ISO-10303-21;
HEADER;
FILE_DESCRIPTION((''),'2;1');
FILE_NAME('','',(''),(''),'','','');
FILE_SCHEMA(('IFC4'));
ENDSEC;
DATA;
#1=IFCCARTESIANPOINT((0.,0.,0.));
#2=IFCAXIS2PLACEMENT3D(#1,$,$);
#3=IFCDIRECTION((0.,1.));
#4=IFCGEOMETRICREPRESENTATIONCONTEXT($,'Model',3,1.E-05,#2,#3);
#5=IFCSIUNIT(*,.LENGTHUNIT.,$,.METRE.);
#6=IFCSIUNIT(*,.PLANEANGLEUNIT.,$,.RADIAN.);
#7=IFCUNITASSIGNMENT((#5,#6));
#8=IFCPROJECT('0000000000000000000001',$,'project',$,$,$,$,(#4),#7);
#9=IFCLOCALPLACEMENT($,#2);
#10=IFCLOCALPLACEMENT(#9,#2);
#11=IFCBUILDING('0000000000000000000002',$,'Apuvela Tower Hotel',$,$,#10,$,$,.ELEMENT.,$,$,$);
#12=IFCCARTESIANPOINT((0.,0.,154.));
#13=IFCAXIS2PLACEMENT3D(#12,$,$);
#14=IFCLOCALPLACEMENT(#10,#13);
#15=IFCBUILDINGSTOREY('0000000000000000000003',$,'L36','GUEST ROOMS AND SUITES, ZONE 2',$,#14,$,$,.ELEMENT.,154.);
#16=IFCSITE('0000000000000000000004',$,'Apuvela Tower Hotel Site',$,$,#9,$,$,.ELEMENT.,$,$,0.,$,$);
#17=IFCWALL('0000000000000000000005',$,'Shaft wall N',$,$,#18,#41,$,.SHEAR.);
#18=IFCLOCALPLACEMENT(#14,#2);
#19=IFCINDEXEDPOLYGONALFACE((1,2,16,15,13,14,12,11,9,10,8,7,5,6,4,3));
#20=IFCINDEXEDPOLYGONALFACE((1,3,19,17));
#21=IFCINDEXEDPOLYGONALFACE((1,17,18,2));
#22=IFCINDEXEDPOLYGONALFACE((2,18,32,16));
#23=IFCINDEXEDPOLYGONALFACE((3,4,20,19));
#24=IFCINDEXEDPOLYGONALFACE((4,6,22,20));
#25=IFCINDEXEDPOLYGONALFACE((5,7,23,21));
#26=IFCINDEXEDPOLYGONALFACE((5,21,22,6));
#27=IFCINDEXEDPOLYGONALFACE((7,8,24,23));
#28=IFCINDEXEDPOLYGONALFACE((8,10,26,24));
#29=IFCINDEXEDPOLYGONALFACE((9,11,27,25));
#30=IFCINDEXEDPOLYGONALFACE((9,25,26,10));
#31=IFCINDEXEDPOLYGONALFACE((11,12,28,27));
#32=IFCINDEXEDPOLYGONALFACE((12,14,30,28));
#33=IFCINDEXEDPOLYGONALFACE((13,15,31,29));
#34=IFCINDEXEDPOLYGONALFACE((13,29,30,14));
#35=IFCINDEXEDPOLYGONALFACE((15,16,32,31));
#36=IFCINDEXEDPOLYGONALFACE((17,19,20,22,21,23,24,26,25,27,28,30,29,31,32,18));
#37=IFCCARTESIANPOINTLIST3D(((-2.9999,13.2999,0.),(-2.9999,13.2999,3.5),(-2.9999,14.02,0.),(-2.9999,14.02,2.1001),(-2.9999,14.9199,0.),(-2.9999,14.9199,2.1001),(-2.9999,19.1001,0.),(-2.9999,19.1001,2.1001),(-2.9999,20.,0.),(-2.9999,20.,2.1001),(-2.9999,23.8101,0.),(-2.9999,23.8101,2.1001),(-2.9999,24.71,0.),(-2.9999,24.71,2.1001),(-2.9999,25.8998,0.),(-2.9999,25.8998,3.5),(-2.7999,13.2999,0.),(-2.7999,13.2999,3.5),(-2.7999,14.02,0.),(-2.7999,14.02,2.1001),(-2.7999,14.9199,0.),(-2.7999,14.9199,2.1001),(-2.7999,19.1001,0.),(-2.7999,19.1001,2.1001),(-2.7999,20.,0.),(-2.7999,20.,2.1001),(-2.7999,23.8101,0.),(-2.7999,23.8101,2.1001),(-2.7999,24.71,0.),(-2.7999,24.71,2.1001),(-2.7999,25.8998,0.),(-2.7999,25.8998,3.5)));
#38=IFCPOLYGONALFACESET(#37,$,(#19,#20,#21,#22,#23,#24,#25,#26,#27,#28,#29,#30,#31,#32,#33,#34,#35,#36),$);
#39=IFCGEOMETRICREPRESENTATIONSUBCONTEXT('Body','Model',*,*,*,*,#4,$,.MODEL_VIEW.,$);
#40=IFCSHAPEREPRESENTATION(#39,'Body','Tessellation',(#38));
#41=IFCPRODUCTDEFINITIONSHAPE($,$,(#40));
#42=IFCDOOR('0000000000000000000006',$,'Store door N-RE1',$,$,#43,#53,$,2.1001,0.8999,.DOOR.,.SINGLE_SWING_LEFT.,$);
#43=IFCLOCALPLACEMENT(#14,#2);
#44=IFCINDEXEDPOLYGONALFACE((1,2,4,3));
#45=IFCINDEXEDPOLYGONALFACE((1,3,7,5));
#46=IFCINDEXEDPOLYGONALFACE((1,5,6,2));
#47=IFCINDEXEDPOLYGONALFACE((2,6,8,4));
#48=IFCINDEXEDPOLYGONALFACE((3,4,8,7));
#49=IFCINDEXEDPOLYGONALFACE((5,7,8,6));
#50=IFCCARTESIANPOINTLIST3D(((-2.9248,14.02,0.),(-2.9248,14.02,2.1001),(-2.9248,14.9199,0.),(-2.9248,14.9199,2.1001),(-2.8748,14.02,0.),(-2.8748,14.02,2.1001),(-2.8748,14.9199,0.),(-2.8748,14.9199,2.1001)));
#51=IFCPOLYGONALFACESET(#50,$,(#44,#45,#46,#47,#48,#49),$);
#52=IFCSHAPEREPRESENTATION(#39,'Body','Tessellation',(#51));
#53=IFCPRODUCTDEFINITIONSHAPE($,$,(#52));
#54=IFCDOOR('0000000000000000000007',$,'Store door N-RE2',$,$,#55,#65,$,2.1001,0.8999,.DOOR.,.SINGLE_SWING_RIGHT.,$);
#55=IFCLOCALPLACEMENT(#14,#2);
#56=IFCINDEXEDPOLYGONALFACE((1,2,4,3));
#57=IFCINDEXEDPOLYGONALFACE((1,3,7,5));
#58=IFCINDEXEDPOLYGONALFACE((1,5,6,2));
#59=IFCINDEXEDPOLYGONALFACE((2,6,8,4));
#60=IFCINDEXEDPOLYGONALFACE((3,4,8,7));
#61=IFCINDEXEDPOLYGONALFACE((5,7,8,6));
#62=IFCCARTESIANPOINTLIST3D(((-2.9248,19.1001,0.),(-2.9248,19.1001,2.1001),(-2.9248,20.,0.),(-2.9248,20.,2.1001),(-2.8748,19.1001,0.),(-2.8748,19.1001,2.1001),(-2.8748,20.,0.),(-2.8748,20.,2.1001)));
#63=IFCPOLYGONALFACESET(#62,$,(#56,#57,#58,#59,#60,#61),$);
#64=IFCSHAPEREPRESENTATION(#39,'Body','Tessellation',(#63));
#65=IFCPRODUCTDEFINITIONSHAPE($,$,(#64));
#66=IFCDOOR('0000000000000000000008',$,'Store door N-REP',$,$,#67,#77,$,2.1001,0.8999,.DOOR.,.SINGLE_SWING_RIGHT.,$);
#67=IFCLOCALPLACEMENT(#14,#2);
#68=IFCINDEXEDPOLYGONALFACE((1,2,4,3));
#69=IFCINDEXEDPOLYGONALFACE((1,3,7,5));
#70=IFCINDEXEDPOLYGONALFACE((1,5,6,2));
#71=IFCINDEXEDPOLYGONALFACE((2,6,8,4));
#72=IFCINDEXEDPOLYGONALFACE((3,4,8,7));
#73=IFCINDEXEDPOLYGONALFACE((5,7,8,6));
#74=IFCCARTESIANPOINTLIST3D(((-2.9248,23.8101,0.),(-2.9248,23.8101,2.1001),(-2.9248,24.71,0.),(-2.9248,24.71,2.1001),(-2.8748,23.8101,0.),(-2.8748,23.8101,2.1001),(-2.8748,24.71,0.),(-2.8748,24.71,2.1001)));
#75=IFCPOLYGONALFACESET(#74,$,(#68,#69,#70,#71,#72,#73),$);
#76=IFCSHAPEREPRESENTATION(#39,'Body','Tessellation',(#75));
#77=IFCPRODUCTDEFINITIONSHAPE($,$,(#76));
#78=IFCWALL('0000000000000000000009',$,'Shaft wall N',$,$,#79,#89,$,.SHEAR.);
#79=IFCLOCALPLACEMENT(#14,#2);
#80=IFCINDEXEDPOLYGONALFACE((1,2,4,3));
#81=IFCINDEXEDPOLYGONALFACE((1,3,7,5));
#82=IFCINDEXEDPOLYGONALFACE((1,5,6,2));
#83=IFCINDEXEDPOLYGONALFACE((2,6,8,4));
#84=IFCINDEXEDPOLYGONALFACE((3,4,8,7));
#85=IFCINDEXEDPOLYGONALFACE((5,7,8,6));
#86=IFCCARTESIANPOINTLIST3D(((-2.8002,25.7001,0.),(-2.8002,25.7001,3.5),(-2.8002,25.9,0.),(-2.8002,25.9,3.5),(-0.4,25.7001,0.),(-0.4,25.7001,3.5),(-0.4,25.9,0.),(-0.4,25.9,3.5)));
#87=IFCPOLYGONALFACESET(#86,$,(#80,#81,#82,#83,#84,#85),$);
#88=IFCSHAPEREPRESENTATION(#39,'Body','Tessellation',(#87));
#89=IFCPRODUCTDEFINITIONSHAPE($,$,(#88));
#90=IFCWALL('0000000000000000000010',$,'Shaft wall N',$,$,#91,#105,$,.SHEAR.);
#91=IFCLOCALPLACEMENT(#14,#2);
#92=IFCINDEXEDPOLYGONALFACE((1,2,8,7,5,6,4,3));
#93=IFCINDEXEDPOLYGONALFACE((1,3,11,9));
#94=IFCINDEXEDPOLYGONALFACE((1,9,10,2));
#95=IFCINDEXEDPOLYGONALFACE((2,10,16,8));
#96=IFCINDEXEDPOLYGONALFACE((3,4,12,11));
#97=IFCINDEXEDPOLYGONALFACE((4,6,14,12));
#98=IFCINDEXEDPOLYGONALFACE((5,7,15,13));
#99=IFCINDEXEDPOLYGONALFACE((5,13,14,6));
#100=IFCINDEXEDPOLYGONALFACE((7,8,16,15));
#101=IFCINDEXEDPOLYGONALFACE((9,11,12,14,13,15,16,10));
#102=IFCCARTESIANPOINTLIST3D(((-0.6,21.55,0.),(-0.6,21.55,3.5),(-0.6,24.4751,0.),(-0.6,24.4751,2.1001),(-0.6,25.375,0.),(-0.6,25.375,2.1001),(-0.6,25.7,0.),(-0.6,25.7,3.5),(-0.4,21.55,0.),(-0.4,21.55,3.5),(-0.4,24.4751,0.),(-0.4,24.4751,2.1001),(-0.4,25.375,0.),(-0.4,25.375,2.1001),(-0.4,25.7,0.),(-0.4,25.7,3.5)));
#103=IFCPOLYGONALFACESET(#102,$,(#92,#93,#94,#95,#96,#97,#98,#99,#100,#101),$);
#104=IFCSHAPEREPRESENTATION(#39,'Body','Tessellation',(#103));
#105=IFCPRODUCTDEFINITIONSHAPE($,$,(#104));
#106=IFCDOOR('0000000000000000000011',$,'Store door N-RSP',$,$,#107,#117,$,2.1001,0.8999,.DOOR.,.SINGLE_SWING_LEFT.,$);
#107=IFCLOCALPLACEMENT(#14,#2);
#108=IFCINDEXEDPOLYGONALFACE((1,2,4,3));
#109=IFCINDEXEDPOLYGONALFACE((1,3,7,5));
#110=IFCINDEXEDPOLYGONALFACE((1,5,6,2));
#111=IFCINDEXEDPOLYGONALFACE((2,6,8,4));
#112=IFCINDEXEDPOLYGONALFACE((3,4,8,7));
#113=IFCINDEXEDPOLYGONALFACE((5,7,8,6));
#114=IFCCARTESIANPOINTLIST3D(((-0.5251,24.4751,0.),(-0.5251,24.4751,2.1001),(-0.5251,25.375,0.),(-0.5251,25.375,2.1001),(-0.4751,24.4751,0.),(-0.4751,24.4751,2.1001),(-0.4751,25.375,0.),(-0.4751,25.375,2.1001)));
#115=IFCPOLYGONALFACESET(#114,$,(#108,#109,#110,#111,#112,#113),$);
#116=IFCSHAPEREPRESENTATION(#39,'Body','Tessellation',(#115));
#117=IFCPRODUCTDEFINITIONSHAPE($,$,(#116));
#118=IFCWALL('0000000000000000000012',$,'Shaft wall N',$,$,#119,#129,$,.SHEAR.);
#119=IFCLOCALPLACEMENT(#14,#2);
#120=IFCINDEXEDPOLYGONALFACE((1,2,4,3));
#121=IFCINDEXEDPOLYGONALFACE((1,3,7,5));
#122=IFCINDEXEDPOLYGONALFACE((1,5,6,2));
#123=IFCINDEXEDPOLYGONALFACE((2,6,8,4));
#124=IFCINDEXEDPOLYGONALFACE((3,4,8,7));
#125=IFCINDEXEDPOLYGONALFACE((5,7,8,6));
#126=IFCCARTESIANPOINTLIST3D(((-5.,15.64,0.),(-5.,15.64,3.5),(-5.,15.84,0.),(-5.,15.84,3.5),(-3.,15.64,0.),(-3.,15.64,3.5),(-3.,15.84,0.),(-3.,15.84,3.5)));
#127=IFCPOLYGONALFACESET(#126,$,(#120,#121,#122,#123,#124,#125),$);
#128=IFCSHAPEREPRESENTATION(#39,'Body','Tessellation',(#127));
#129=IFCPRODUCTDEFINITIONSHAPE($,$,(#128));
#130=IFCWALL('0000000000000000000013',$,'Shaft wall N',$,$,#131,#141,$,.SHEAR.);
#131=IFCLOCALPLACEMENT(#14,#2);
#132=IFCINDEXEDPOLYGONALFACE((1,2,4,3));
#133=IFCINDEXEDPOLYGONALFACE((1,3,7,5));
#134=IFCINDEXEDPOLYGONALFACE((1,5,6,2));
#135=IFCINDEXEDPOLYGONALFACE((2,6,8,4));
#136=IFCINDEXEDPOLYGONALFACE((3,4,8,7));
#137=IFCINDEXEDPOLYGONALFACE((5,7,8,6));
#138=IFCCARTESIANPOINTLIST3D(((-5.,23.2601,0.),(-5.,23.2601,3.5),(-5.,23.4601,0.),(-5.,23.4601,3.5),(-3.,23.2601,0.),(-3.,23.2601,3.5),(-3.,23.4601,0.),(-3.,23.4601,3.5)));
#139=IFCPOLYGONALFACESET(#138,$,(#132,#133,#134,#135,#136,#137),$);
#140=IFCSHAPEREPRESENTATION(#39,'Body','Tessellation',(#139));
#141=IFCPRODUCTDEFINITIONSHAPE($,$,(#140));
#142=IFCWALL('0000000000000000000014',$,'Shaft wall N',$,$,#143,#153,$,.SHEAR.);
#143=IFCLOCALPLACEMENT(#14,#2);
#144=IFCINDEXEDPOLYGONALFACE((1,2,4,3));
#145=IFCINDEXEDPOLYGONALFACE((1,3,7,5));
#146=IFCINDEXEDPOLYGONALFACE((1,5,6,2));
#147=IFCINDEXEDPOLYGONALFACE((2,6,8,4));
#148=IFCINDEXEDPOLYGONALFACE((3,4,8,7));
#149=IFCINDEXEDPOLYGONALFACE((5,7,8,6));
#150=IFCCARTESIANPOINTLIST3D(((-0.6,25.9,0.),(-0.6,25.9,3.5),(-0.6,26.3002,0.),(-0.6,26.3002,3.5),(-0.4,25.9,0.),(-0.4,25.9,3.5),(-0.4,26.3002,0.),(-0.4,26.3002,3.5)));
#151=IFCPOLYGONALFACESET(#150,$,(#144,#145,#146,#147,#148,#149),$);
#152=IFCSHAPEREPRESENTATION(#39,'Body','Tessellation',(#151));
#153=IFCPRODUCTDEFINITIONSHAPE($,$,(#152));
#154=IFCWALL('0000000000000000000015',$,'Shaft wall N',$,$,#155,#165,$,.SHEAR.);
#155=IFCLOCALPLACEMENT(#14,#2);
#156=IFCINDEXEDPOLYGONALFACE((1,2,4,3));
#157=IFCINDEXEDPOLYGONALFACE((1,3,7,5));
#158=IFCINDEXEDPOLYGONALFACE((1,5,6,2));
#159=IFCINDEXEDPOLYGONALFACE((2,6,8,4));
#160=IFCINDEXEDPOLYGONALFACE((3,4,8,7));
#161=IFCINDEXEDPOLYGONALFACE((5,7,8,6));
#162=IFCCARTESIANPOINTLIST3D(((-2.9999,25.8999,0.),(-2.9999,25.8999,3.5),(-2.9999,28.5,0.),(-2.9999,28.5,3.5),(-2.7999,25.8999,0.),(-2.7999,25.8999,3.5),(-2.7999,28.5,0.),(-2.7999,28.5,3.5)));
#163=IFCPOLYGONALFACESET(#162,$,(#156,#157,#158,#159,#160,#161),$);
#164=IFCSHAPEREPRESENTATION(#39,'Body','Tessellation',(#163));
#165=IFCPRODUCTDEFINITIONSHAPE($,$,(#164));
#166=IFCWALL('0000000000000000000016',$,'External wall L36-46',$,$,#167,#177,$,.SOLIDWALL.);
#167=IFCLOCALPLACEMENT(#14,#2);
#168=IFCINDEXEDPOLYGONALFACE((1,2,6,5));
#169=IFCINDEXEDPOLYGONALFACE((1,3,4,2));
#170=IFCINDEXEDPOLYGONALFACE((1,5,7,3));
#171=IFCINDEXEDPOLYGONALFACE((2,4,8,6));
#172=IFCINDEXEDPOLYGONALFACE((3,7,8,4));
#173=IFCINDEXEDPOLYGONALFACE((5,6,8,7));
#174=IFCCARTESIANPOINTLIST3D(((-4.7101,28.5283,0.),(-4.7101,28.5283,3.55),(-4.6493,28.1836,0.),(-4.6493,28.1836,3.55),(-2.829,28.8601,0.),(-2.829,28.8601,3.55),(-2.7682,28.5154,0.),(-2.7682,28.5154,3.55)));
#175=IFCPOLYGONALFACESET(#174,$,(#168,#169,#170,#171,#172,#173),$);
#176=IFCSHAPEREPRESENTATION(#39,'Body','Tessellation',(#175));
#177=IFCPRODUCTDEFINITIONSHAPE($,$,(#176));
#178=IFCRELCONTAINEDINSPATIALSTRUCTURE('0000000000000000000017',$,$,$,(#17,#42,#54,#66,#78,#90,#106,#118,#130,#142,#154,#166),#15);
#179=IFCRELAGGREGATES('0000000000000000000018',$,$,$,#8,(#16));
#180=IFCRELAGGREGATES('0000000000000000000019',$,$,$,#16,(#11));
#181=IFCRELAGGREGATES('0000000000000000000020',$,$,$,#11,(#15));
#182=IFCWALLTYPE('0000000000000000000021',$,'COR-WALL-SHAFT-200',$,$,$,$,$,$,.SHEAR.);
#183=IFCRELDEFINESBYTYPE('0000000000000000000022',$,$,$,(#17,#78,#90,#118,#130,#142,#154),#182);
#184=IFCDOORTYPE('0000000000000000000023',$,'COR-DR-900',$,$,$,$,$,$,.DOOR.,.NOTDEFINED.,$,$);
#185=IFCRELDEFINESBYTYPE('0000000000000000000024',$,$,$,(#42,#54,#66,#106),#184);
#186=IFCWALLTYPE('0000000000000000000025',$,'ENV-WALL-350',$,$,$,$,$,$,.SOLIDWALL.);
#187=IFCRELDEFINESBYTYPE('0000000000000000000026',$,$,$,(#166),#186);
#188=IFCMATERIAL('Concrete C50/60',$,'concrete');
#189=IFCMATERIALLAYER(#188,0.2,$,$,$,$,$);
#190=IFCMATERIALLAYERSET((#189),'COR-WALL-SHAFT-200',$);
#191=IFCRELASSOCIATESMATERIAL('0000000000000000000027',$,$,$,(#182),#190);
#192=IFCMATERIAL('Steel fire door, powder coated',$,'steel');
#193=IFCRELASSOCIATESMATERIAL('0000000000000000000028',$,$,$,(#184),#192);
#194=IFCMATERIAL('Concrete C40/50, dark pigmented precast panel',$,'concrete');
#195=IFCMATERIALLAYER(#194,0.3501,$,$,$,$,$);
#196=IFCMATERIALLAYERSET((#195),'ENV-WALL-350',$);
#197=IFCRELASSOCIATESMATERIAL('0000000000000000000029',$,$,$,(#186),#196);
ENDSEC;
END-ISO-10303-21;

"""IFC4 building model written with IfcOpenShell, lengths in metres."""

from ifc_helpers import new_model, si_unit, direction, frame, frame_2d, origin, place, context, subcontext, project, spatial, rectangle, extrude, material, layer, layer_set, type_object, element, fill, save


model = new_model("IFC4")

# Units and contexts
model_context = context("Model", 3, precision=1e-05, world=origin(), true_north=direction((0.0, 1.0)))
body_context = subcontext(model_context, "Body", "Model", "MODEL_VIEW")
ifc_project = project(units=[si_unit("LENGTHUNIT", "METRE"), si_unit("PLANEANGLEUNIT", "RADIAN")], contexts=[model_context])

# Site, building, storey
site_placement = place(None, origin())
site = spatial("IfcSite", under=ifc_project, at=site_placement, Name="Apuvela Tower Hotel Site", CompositionType="ELEMENT", RefElevation=0.0)
building_placement = place(site_placement, origin())
building = spatial("IfcBuilding", under=site, at=building_placement, Name="Apuvela Tower Hotel", CompositionType="ELEMENT")
storey_placement = place(building_placement, frame((0.0, 0.0, 154.0)))
storey = spatial("IfcBuildingStorey", under=building, at=storey_placement, Name="L36", Description="GUEST ROOMS AND SUITES, ZONE 2", CompositionType="ELEMENT", Elevation=154.0)

# Shared definitions
ifc_material_1 = material(Name="Concrete C50/60", Category="concrete")
ifc_layer_1 = layer(ifc_material_1, 0.2)
ifc_layer_set_1 = layer_set([ifc_layer_1], Name="COR-WALL-SHAFT-200")
wall_type_1 = type_object("IfcWallType", Name="COR-WALL-SHAFT-200", PredefinedType="SHEAR", material=ifc_layer_set_1)

# Wall, openings, doors
wall_1_placement = place(storey_placement, frame((-2.8999, 13.3, 0.0), z_axis=(0.0, 0.0, 1.0), x_axis=(0.0, 1.0, 0.0)))
wall_1 = element("IfcWall", 1, at=wall_1_placement, inside=storey, type_object=wall_type_1, Name="Shaft wall N", PredefinedType="SHEAR", context=body_context, shape_type="SweptSolid", body=[
    extrude(rectangle(XDim=12.5999, YDim=0.2, at=frame_2d((6.2998, 0.0))), origin(), (0.0, 0.0, 1.0), 3.5),
])
opening_1_placement = place(wall_1_placement, frame((0.72, 0.0, 0.0)))
opening_1 = element("IfcOpeningElement", 2, at=opening_1_placement, cuts=wall_1, PredefinedType="OPENING", context=body_context, shape_type="SweptSolid", body=[
    extrude(rectangle(XDim=0.8999, YDim=2.1001, at=frame_2d((0.45, 1.05))), frame((0.0, 0.1099, 0.0), z_axis=(0.0, -1.0, 0.0), x_axis=(1.0, 0.0, 0.0)), (0.0, 0.0, 1.0), 0.22),
])
opening_2_placement = place(wall_1_placement, frame((5.8, 0.0, 0.0)))
opening_2 = element("IfcOpeningElement", 3, at=opening_2_placement, cuts=wall_1, PredefinedType="OPENING", context=body_context, shape_type="SweptSolid", body=[
    extrude(rectangle(XDim=0.8999, YDim=2.1001, at=frame_2d((0.45, 1.05))), frame((0.0, 0.1099, 0.0), z_axis=(0.0, -1.0, 0.0), x_axis=(1.0, 0.0, 0.0)), (0.0, 0.0, 1.0), 0.22),
])
opening_3_placement = place(wall_1_placement, frame((10.51, 0.0, 0.0)))
opening_3 = element("IfcOpeningElement", 4, at=opening_3_placement, cuts=wall_1, PredefinedType="OPENING", context=body_context, shape_type="SweptSolid", body=[
    extrude(rectangle(XDim=0.8999, YDim=2.1001, at=frame_2d((0.45, 1.05))), frame((0.0, 0.1099, 0.0), z_axis=(0.0, -1.0, 0.0), x_axis=(1.0, 0.0, 0.0)), (0.0, 0.0, 1.0), 0.22),
])
ifc_material_2 = material(Name="Steel fire door, powder coated", Category="steel")
door_type_1 = type_object("IfcDoorType", Name="COR-DR-900", OperationType="NOTDEFINED", PredefinedType="DOOR", material=ifc_material_2)
door_1_placement = place(opening_1_placement, origin())
door_1 = element("IfcDoor", 5, at=door_1_placement, inside=storey, type_object=door_type_1, Name="Store door N-RE1", OperationType="SINGLE_SWING_LEFT", OverallHeight=2.1001, OverallWidth=0.8999, PredefinedType="DOOR", context=body_context, shape_type="SweptSolid", body=[
    extrude(rectangle(XDim=0.8999, YDim=2.1001, at=frame_2d((0.45, 1.05))), frame((0.0, 0.0249, 0.0), z_axis=(0.0, -1.0, 0.0), x_axis=(1.0, 0.0, 0.0)), (0.0, 0.0, 1.0), 0.05),
])
fill(opening_1, door_1)
door_2_placement = place(opening_2_placement, origin())
door_2 = element("IfcDoor", 6, at=door_2_placement, inside=storey, type_object=door_type_1, Name="Store door N-RE2", OperationType="SINGLE_SWING_RIGHT", OverallHeight=2.1001, OverallWidth=0.8999, PredefinedType="DOOR", context=body_context, shape_type="SweptSolid", body=[
    extrude(rectangle(XDim=0.8999, YDim=2.1001, at=frame_2d((0.45, 1.05))), frame((0.0, 0.0249, 0.0), z_axis=(0.0, -1.0, 0.0), x_axis=(1.0, 0.0, 0.0)), (0.0, 0.0, 1.0), 0.05),
])
fill(opening_2, door_2)
door_3_placement = place(opening_3_placement, origin())
door_3 = element("IfcDoor", 7, at=door_3_placement, inside=storey, type_object=door_type_1, Name="Store door N-REP", OperationType="SINGLE_SWING_RIGHT", OverallHeight=2.1001, OverallWidth=0.8999, PredefinedType="DOOR", context=body_context, shape_type="SweptSolid", body=[
    extrude(rectangle(XDim=0.8999, YDim=2.1001, at=frame_2d((0.45, 1.05))), frame((0.0, 0.0249, 0.0), z_axis=(0.0, -1.0, 0.0), x_axis=(1.0, 0.0, 0.0)), (0.0, 0.0, 1.0), 0.05),
])
fill(opening_3, door_3)

# Wall
wall_2_placement = place(storey_placement, frame((-0.3999, 25.8, 0.0), z_axis=(0.0, 0.0, 1.0), x_axis=(-1.0, 0.0, 0.0)))
element("IfcWall", 8, at=wall_2_placement, inside=storey, type_object=wall_type_1, Name="Shaft wall N", PredefinedType="SHEAR", context=body_context, shape_type="SweptSolid", body=[
    extrude(rectangle(XDim=2.4001, YDim=0.2, at=frame_2d((1.2002, 0.0))), origin(), (0.0, 0.0, 1.0), 3.5),
])

# Wall, opening, door
wall_3_placement = place(storey_placement, frame((-0.5, 21.55, 0.0), z_axis=(0.0, 0.0, 1.0), x_axis=(0.0, 1.0, 0.0)))
wall_3 = element("IfcWall", 9, at=wall_3_placement, inside=storey, type_object=wall_type_1, Name="Shaft wall N", PredefinedType="SHEAR", context=body_context, shape_type="SweptSolid", body=[
    extrude(rectangle(XDim=4.1499, YDim=0.2, at=frame_2d((2.075, 0.0))), origin(), (0.0, 0.0, 1.0), 3.5),
])
opening_4_placement = place(wall_3_placement, frame((2.925, 0.0, 0.0)))
opening_4 = element("IfcOpeningElement", 10, at=opening_4_placement, cuts=wall_3, PredefinedType="OPENING", context=body_context, shape_type="SweptSolid", body=[
    extrude(rectangle(XDim=0.8999, YDim=2.1001, at=frame_2d((0.45, 1.05))), frame((0.0, 0.1099, 0.0), z_axis=(0.0, -1.0, 0.0), x_axis=(1.0, 0.0, 0.0)), (0.0, 0.0, 1.0), 0.22),
])
door_4_placement = place(opening_4_placement, frame((0.8999, 0.0, 0.0), z_axis=(0.0, 0.0, 1.0), x_axis=(-1.0, 0.0, 0.0)))
door_4 = element("IfcDoor", 11, at=door_4_placement, inside=storey, type_object=door_type_1, Name="Store door N-RSP", OperationType="SINGLE_SWING_LEFT", OverallHeight=2.1001, OverallWidth=0.8999, PredefinedType="DOOR", context=body_context, shape_type="SweptSolid", body=[
    extrude(rectangle(XDim=0.8999, YDim=2.1001, at=frame_2d((0.45, 1.05))), frame((0.0, 0.0249, 0.0), z_axis=(0.0, -1.0, 0.0), x_axis=(1.0, 0.0, 0.0)), (0.0, 0.0, 1.0), 0.05),
])
fill(opening_4, door_4)

# Walls
for number, where, z_axis, x_axis, name in (
    (12, (-3.0, 15.74, 0.0), (0.0, 0.0, 1.0), (-1.0, 0.0, 0.0), "Shaft wall N"),
    (13, (-3.0, 23.3601, 0.0), (0.0, 0.0, 1.0), (-1.0, 0.0, 0.0), "Shaft wall N"),
):
    element("IfcWall", number, at=place(storey_placement, frame(where, z_axis=z_axis, x_axis=x_axis)), inside=storey, type_object=wall_type_1, Name=name, PredefinedType="SHEAR", context=body_context, shape_type="SweptSolid", body=[
        extrude(rectangle(XDim=2.0, YDim=0.2, at=frame_2d((1.0, 0.0))), origin(), (0.0, 0.0, 1.0), 3.5),
    ])
wall_4_placement = place(storey_placement, frame((-0.5, 25.8999, 0.0), z_axis=(0.0, 0.0, 1.0), x_axis=(0.0, 1.0, 0.0)))
element("IfcWall", 14, at=wall_4_placement, inside=storey, type_object=wall_type_1, Name="Shaft wall N", PredefinedType="SHEAR", context=body_context, shape_type="SweptSolid", body=[
    extrude(rectangle(XDim=0.4001, YDim=0.2, at=frame_2d((0.2002, 0.0))), origin(), (0.0, 0.0, 1.0), 3.5),
])
wall_5_placement = place(storey_placement, frame((-2.8999, 25.8999, 0.0), z_axis=(0.0, 0.0, 1.0), x_axis=(0.0, 1.0, 0.0)))
element("IfcWall", 15, at=wall_5_placement, inside=storey, type_object=wall_type_1, Name="Shaft wall N", PredefinedType="SHEAR", context=body_context, shape_type="SweptSolid", body=[
    extrude(rectangle(XDim=2.6001, YDim=0.2, at=frame_2d((1.3, 0.0))), origin(), (0.0, 0.0, 1.0), 3.5),
])

# Shared definitions
ifc_material_3 = material(Name="Concrete C40/50, dark pigmented precast panel", Category="concrete")
ifc_layer_2 = layer(ifc_material_3, 0.3501)
ifc_layer_set_2 = layer_set([ifc_layer_2], Name="ENV-WALL-350")
wall_type_2 = type_object("IfcWallType", Name="ENV-WALL-350", PredefinedType="SOLIDWALL", material=ifc_layer_set_2)

# Wall
for number, where, z_axis, x_axis, name in (
    (16, (-2.7986, 28.6877, 0.0), (0.0, 0.0, 1.0), (-0.984799, -0.173698, 0.0), "External wall L36-46"),
):
    element("IfcWall", number, at=place(storey_placement, frame(where, z_axis=z_axis, x_axis=x_axis)), inside=storey, type_object=wall_type_2, Name=name, PredefinedType="SOLIDWALL", context=body_context, shape_type="SweptSolid", body=[
        extrude(rectangle(XDim=1.9102, YDim=0.3501, at=frame_2d((0.9551, 0.0))), origin(), (0.0, 0.0, 1.0), 3.55),
    ])

save(model, "model.ifc")
